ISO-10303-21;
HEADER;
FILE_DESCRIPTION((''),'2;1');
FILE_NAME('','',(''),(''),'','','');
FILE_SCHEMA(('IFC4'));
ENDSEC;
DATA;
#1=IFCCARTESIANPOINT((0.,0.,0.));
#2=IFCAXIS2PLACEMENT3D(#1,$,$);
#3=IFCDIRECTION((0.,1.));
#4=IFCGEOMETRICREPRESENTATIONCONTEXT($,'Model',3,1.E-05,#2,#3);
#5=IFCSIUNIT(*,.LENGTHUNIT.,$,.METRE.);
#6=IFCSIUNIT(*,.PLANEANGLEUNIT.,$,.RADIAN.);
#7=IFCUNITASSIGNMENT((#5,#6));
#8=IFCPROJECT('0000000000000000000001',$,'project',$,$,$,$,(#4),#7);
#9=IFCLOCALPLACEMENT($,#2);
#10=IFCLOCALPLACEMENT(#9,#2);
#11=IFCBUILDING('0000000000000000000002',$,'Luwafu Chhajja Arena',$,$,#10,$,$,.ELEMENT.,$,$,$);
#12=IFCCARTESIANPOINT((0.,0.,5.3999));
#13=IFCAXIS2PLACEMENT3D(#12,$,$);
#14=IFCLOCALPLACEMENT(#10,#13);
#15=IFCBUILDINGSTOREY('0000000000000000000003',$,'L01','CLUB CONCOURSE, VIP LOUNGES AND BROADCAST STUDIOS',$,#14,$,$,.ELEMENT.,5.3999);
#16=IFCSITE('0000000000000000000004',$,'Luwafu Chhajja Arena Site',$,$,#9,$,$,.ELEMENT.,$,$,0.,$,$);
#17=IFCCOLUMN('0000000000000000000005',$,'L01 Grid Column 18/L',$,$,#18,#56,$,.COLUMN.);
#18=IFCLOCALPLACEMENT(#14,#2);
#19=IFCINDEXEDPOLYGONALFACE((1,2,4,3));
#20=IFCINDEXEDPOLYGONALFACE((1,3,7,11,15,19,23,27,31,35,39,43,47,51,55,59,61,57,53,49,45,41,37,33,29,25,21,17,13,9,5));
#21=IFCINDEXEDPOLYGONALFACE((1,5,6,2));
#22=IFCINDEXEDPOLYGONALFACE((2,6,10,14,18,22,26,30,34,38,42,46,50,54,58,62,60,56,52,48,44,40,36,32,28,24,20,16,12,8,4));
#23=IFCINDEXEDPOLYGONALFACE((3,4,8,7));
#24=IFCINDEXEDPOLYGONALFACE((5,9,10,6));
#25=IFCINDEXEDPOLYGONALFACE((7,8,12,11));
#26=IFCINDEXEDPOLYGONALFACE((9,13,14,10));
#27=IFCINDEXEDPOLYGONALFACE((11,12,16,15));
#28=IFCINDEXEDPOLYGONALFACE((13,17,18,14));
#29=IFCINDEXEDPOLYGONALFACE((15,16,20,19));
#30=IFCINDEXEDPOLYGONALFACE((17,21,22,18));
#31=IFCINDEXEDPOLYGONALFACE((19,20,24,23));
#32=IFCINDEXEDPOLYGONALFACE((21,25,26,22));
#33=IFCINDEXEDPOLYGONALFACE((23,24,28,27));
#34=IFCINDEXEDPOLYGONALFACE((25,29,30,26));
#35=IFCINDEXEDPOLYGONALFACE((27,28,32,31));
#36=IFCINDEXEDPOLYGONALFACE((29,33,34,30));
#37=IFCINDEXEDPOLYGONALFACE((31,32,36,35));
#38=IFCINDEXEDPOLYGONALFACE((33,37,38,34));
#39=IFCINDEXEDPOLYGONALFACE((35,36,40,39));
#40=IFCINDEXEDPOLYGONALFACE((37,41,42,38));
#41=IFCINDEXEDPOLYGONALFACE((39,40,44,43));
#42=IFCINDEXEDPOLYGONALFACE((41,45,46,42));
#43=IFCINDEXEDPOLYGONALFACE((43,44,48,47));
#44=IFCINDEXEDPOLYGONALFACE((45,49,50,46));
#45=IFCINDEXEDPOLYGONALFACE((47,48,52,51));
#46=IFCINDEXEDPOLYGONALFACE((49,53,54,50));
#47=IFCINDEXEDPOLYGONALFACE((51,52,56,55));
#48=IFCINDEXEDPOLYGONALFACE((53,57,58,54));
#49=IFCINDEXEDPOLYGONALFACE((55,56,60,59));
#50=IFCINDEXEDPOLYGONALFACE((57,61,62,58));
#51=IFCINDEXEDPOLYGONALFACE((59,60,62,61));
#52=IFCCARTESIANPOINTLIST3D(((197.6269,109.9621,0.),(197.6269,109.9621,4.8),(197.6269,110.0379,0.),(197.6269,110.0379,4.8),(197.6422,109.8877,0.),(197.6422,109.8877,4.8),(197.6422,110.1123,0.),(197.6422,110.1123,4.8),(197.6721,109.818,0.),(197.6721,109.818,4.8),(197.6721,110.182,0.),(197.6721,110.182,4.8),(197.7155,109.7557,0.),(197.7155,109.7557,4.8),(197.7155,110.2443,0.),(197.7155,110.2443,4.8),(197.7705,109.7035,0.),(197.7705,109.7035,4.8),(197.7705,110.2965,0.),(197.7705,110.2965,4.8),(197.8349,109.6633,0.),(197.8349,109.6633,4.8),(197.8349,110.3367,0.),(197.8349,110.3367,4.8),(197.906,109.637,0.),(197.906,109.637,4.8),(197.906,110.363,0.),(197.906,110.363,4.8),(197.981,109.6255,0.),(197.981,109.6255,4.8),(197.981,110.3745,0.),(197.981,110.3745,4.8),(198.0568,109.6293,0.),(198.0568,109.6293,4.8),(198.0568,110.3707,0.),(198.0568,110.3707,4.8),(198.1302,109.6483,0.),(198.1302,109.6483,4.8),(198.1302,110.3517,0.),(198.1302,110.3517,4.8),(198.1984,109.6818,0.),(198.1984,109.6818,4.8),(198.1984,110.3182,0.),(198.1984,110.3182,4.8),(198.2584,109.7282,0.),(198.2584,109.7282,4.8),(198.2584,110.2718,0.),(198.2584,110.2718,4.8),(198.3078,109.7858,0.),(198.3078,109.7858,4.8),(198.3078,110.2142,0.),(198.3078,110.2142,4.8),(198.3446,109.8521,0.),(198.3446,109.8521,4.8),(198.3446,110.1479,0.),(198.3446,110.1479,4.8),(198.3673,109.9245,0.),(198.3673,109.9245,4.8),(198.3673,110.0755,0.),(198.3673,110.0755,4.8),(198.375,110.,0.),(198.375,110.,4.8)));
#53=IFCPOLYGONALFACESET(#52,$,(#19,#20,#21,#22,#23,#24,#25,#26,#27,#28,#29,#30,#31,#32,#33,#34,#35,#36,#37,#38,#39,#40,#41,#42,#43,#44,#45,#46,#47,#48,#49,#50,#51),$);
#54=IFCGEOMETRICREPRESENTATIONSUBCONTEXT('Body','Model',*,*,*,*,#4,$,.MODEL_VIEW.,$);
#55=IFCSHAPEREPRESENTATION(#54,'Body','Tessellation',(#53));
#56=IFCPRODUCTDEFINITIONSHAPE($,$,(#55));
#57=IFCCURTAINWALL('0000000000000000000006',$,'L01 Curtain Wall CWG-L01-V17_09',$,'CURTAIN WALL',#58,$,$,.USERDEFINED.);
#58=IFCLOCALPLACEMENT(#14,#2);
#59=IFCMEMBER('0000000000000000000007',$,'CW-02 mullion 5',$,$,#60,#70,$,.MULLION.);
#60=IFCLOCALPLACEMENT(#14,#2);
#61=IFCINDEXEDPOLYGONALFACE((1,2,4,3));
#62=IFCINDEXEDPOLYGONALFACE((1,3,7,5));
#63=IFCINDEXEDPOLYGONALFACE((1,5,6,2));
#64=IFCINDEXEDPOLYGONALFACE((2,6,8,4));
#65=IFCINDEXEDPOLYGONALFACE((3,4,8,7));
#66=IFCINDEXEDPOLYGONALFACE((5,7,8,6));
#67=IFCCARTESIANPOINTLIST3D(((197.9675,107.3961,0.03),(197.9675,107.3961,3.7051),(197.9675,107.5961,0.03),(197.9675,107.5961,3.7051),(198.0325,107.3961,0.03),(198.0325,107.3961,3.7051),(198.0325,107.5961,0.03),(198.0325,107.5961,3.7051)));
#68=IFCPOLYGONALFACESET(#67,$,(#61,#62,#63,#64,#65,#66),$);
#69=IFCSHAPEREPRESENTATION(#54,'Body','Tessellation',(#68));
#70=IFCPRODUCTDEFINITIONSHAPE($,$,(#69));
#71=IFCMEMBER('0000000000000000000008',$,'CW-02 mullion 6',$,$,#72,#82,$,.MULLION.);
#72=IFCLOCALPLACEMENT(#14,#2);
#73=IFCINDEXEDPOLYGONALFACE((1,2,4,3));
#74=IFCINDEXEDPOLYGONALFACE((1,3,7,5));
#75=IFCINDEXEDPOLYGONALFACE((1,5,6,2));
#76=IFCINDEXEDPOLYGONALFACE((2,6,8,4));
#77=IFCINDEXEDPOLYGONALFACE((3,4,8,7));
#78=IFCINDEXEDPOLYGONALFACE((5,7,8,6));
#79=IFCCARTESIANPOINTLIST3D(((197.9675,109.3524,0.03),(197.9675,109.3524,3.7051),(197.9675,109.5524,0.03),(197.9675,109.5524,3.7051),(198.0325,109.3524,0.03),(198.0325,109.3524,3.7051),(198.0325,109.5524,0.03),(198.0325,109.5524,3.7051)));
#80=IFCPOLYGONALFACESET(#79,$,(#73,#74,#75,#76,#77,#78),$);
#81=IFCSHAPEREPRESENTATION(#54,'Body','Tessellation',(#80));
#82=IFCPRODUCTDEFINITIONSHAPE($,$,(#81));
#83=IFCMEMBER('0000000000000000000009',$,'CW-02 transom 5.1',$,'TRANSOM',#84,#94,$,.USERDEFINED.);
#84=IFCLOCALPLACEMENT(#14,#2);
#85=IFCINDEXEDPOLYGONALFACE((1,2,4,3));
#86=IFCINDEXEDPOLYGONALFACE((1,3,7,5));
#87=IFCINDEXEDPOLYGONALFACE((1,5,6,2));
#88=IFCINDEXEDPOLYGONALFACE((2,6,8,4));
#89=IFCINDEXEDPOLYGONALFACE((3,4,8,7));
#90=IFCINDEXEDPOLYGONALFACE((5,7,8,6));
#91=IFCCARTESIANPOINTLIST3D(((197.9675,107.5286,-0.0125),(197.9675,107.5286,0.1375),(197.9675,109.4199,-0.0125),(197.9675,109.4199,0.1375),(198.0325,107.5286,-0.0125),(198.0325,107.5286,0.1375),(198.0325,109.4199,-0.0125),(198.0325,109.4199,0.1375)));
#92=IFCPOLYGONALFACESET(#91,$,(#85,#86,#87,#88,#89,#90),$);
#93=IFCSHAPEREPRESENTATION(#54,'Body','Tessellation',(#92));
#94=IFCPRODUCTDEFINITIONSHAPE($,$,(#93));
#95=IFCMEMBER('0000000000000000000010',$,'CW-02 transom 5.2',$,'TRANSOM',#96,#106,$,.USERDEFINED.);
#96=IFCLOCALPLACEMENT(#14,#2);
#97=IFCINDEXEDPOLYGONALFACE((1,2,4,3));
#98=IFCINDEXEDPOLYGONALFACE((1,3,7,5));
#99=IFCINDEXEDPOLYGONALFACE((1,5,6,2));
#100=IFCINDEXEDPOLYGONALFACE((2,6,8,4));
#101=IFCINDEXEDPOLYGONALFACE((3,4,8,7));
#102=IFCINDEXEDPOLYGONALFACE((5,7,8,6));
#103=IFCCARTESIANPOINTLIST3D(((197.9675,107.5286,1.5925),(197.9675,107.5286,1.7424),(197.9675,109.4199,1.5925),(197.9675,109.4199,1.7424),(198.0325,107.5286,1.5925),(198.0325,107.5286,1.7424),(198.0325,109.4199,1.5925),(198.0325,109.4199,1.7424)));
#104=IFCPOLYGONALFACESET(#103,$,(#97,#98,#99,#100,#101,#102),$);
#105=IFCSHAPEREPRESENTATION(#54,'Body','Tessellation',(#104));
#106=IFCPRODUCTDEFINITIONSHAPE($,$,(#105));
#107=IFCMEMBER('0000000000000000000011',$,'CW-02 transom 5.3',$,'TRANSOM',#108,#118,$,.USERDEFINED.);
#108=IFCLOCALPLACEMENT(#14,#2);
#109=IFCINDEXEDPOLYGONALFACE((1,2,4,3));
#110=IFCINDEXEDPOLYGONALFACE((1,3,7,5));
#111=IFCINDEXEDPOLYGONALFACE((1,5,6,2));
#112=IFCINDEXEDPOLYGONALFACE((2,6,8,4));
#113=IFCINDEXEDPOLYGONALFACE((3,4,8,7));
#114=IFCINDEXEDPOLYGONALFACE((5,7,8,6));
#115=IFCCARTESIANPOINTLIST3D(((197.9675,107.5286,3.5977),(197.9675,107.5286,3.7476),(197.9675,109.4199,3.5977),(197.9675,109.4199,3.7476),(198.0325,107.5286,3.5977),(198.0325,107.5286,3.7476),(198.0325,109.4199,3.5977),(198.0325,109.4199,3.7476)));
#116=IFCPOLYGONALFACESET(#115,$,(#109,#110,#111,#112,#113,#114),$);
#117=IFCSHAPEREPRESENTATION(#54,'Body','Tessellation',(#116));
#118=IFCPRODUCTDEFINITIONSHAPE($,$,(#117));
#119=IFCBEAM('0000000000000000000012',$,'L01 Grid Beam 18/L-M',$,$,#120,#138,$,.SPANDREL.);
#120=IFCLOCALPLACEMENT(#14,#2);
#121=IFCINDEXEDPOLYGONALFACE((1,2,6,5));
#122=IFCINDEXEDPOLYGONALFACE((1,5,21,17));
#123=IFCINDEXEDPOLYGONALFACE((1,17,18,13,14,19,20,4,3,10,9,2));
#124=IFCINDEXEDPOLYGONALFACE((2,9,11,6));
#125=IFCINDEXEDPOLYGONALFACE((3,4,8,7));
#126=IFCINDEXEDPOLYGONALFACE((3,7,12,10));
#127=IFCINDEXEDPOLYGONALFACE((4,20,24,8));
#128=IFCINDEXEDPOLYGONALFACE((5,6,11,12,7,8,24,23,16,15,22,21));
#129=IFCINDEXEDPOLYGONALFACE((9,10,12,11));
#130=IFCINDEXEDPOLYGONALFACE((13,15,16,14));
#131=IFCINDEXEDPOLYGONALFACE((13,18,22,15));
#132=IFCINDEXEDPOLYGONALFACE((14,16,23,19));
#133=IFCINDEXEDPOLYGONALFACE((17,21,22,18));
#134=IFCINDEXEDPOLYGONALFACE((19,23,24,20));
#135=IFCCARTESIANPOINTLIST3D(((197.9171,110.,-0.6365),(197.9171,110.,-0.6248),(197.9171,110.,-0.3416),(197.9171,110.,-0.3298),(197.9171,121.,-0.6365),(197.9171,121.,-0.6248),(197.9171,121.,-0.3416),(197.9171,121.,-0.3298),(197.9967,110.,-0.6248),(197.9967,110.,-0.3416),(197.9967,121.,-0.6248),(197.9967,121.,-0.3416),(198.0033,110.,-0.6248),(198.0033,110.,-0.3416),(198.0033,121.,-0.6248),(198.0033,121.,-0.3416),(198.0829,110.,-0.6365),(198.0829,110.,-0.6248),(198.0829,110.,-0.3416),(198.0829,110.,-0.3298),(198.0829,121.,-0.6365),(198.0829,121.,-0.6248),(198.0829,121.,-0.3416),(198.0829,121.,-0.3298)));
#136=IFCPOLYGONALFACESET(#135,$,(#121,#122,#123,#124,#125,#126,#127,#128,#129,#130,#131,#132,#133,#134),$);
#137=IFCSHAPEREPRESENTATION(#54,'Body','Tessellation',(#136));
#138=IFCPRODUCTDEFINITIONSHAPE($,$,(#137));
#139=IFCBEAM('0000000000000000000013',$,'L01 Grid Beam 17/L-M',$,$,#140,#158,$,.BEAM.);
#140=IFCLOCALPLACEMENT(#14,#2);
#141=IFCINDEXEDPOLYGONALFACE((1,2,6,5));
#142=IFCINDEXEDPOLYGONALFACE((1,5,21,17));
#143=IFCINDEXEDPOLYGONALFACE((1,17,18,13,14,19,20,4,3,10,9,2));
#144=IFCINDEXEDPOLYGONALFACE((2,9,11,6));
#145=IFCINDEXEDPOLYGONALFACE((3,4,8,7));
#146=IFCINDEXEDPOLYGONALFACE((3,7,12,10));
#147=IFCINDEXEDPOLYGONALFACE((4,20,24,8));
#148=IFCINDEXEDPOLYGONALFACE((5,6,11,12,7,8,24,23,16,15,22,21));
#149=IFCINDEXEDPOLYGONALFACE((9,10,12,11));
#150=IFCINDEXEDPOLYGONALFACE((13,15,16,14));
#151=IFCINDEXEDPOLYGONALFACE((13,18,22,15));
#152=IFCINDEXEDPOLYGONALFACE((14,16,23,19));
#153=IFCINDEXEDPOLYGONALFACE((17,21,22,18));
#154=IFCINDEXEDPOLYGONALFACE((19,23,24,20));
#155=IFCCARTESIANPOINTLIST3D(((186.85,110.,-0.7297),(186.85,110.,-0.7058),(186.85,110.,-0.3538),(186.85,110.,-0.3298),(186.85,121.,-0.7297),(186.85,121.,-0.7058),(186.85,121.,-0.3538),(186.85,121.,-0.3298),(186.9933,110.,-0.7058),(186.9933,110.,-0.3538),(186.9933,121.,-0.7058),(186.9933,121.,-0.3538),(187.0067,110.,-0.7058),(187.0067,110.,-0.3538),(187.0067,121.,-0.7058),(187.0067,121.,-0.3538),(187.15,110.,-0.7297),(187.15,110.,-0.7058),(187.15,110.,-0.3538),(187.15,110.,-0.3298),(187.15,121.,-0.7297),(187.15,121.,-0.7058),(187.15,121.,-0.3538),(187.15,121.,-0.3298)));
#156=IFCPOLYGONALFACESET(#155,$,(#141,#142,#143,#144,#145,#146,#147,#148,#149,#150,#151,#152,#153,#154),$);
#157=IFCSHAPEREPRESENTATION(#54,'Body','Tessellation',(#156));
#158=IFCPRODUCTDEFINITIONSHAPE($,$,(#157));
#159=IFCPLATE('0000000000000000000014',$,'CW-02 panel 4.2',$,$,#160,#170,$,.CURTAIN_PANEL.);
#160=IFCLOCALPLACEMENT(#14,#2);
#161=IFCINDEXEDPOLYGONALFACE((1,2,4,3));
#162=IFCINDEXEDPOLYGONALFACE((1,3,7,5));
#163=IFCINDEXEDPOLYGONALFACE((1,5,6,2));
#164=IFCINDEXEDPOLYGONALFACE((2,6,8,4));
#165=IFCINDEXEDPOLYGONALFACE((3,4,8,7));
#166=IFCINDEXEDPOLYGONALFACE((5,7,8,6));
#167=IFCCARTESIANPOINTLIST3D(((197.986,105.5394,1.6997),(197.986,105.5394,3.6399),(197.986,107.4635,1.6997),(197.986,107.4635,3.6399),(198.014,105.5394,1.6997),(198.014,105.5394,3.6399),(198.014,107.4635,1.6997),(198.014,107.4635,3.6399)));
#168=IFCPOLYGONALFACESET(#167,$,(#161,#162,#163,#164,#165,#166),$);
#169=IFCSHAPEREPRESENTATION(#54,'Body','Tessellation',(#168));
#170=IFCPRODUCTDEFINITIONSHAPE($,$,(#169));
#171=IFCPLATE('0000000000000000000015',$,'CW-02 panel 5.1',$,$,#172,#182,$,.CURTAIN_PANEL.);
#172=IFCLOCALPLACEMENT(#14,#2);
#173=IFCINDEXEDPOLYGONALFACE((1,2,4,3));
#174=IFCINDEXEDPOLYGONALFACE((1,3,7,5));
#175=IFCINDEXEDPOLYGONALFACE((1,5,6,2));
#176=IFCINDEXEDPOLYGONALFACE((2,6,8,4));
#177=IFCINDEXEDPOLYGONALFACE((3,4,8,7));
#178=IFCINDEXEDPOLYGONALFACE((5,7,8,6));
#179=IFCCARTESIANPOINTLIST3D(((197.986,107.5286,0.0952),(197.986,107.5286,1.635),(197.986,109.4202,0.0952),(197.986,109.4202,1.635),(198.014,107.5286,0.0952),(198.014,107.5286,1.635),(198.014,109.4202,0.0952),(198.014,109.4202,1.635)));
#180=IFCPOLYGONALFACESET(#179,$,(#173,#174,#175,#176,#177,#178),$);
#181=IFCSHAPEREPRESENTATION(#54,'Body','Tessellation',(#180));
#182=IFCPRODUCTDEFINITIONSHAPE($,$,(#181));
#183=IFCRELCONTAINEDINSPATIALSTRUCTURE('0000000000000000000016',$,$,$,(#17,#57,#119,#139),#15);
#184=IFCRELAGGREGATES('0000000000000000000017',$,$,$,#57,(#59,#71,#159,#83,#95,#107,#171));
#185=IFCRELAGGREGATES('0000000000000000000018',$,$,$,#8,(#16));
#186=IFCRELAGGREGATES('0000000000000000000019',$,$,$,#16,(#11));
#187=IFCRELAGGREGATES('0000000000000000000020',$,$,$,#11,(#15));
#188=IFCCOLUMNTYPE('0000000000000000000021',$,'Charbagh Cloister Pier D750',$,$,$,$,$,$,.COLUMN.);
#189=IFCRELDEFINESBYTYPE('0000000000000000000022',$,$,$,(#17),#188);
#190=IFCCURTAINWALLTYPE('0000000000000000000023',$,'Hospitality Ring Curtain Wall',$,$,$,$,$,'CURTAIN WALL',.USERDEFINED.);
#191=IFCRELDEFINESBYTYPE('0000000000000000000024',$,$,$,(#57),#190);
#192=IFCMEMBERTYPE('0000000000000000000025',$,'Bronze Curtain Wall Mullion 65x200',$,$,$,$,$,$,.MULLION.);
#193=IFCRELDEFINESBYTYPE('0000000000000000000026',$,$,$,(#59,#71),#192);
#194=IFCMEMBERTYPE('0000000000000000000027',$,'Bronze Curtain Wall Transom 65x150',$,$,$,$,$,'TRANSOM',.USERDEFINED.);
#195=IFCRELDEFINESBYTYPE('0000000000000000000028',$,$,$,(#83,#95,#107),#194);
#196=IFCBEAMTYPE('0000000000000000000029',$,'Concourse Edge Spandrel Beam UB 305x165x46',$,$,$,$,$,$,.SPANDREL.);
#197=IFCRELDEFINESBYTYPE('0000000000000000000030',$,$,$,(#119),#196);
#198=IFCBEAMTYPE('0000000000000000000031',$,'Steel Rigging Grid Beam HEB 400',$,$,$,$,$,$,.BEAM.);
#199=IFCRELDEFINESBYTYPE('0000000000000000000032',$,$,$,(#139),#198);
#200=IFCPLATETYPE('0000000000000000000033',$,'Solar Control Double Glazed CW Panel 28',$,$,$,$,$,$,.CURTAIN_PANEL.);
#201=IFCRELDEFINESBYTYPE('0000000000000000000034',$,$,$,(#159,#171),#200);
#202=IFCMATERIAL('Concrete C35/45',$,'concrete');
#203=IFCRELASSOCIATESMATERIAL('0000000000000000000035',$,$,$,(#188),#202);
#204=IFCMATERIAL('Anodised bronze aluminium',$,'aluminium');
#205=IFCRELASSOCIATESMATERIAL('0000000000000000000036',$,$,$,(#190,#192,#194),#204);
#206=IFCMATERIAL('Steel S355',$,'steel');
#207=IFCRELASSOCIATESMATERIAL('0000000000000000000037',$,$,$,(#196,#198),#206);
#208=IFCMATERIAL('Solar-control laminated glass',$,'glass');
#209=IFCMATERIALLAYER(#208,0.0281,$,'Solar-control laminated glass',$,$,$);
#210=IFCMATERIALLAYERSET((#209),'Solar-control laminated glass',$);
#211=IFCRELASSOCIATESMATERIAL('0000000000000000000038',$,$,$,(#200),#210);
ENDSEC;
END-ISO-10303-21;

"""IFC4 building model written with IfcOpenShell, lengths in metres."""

from ifc_helpers import new_model, si_unit, direction, frame, origin, origin_2d, place, context, subcontext, project, spatial, rectangle, circle, i_section, extrude, material, layer, layer_set, material_profile, profile_set, type_object, element, aggregate, save


model = new_model("IFC4")

# Units and contexts
model_context = context("Model", 3, precision=1e-05, world=origin(), true_north=direction((0.0, 1.0)))
body_context = subcontext(model_context, "Body", "Model", "MODEL_VIEW")
ifc_project = project(units=[si_unit("LENGTHUNIT", "METRE"), si_unit("PLANEANGLEUNIT", "RADIAN")], contexts=[model_context])

# Site, building, storey
site_placement = place(None, origin())
site = spatial("IfcSite", under=ifc_project, at=site_placement, Name="Luwafu Chhajja Arena Site", CompositionType="ELEMENT", RefElevation=0.0)
building_placement = place(site_placement, origin())
building = spatial("IfcBuilding", under=site, at=building_placement, Name="Luwafu Chhajja Arena", CompositionType="ELEMENT")
storey_placement = place(building_placement, frame((0.0, 0.0, 5.3999)))
storey = spatial("IfcBuildingStorey", under=building, at=storey_placement, Name="L01", Description="CLUB CONCOURSE, VIP LOUNGES AND BROADCAST STUDIOS", CompositionType="ELEMENT", Elevation=5.3999)

# Column
ifc_material_1 = material(Name="Concrete C35/45", Category="concrete")
ifc_material_profile_1 = material_profile(ifc_material_1, circle(Radius=0.375, at=origin_2d()), Name="RC COL D750")
ifc_profile_set_1 = profile_set([ifc_material_profile_1], Name="Concrete C35/45")
column_type = type_object("IfcColumnType", Name="Charbagh Cloister Pier D750", PredefinedType="COLUMN", material=ifc_profile_set_1)
column_placement = place(storey_placement, frame((198.0, 110.0, 0.0), z_axis=(0.0, 0.0, 1.0), x_axis=(1.0, 0.0, 0.0)))
element("IfcColumn", 1, at=column_placement, inside=storey, type_object=column_type, Name="L01 Grid Column 18/L", PredefinedType="COLUMN", context=body_context, shape_type="SweptSolid", body=[
    extrude(circle(Radius=0.375, at=origin_2d()), origin(), (0.0, 0.0, 1.0), 4.8),
])

# Curtain wall, members
ifc_material_2 = material(Name="Anodised bronze aluminium", Category="aluminium")
curtain_wall_type = type_object("IfcCurtainWallType", Name="Hospitality Ring Curtain Wall", ElementType="CURTAIN WALL", PredefinedType="USERDEFINED", material=ifc_material_2)
curtain_wall_placement = place(storey_placement, origin())
curtain_wall = element("IfcCurtainWall", 2, at=curtain_wall_placement, inside=storey, type_object=curtain_wall_type, Name="L01 Curtain Wall CWG-L01-V17_09", ObjectType="CURTAIN WALL", PredefinedType="USERDEFINED")
ifc_material_profile_2 = material_profile(ifc_material_2, rectangle(XDim=0.0649, YDim=0.2, at=origin_2d()), Name="CWM 65x200")
ifc_profile_set_2 = profile_set([ifc_material_profile_2], Name="Anodised bronze aluminium")
member_type_1 = type_object("IfcMemberType", Name="Bronze Curtain Wall Mullion 65x200", PredefinedType="MULLION", material=ifc_profile_set_2)
member_1_placement = place(storey_placement, frame((198.0, 107.4961, 0.03), z_axis=(0.0, 0.0, 1.0), x_axis=(-1.0, 0.0, 0.0)))
member_1 = element("IfcMember", 3, at=member_1_placement, type_object=member_type_1, Name="CW-02 mullion 5", PredefinedType="MULLION", context=body_context, shape_type="SweptSolid", body=[
    extrude(rectangle(XDim=0.0649, YDim=0.2, at=origin_2d()), origin(), (0.0, 0.0, 1.0), 3.675),
])
member_2_placement = place(storey_placement, frame((198.0, 109.4524, 0.03), z_axis=(0.0, 0.0, 1.0), x_axis=(-1.0, 0.0, 0.0)))
member_2 = element("IfcMember", 4, at=member_2_placement, type_object=member_type_1, Name="CW-02 mullion 6", PredefinedType="MULLION", context=body_context, shape_type="SweptSolid", body=[
    extrude(rectangle(XDim=0.0649, YDim=0.2, at=origin_2d()), origin(), (0.0, 0.0, 1.0), 3.675),
])
ifc_material_profile_3 = material_profile(ifc_material_2, rectangle(XDim=0.0649, YDim=0.1499, at=origin_2d()), Name="CWT 65x150")
ifc_profile_set_3 = profile_set([ifc_material_profile_3], Name="Anodised bronze aluminium")
member_type_2 = type_object("IfcMemberType", Name="Bronze Curtain Wall Transom 65x150", ElementType="TRANSOM", PredefinedType="USERDEFINED", material=ifc_profile_set_3)
member_3_placement = place(storey_placement, frame((198.0, 107.5286, 0.0625), z_axis=(0.0, 1.0, 0.0), x_axis=(-1.0, 0.0, 0.0)))
member_3 = element("IfcMember", 5, at=member_3_placement, type_object=member_type_2, Name="CW-02 transom 5.1", ObjectType="TRANSOM", PredefinedType="USERDEFINED", context=body_context, shape_type="SweptSolid", body=[
    extrude(rectangle(XDim=0.0649, YDim=0.1499, at=origin_2d()), origin(), (0.0, 0.0, 1.0), 1.8914),
])
member_4_placement = place(storey_placement, frame((198.0, 107.5286, 1.6675), z_axis=(0.0, 1.0, 0.0), x_axis=(-1.0, 0.0, 0.0)))
member_4 = element("IfcMember", 6, at=member_4_placement, type_object=member_type_2, Name="CW-02 transom 5.2", ObjectType="TRANSOM", PredefinedType="USERDEFINED", context=body_context, shape_type="SweptSolid", body=[
    extrude(rectangle(XDim=0.0649, YDim=0.1499, at=origin_2d()), origin(), (0.0, 0.0, 1.0), 1.8914),
])
member_5_placement = place(storey_placement, frame((198.0, 107.5286, 3.6726), z_axis=(0.0, 1.0, 0.0), x_axis=(-1.0, 0.0, 0.0)))
member_5 = element("IfcMember", 7, at=member_5_placement, type_object=member_type_2, Name="CW-02 transom 5.3", ObjectType="TRANSOM", PredefinedType="USERDEFINED", context=body_context, shape_type="SweptSolid", body=[
    extrude(rectangle(XDim=0.0649, YDim=0.1499, at=origin_2d()), origin(), (0.0, 0.0, 1.0), 1.8914),
])

# Beams
ifc_material_3 = material(Name="Steel S355", Category="steel")
ifc_material_profile_4 = material_profile(ifc_material_3, i_section(OverallWidth=0.1658, OverallDepth=0.3066, WebThickness=0.0066, FlangeThickness=0.0117, at=origin_2d()), Name="UB 305x165x46")
ifc_profile_set_4 = profile_set([ifc_material_profile_4], Name="Steel S355")
beam_type_1 = type_object("IfcBeamType", Name="Concourse Edge Spandrel Beam UB 305x165x46", PredefinedType="SPANDREL", material=ifc_profile_set_4)
beam_1_placement = place(storey_placement, frame((198.0, 110.0, -0.4832), z_axis=(0.0, 1.0, 0.0), x_axis=(-1.0, 0.0, 0.0)))
element("IfcBeam", 8, at=beam_1_placement, inside=storey, type_object=beam_type_1, Name="L01 Grid Beam 18/L-M", PredefinedType="SPANDREL", context=body_context, shape_type="SweptSolid", body=[
    extrude(i_section(OverallWidth=0.1658, OverallDepth=0.3066, WebThickness=0.0066, FlangeThickness=0.0117, at=origin_2d()), origin(), (0.0, 0.0, 1.0), 11.0),
])
ifc_material_profile_5 = material_profile(ifc_material_3, i_section(OverallWidth=0.3, OverallDepth=0.3999, WebThickness=0.0134, FlangeThickness=0.0239, at=origin_2d()), Name="HEB 400")
ifc_profile_set_5 = profile_set([ifc_material_profile_5], Name="Steel S355")
beam_type_2 = type_object("IfcBeamType", Name="Steel Rigging Grid Beam HEB 400", PredefinedType="BEAM", material=ifc_profile_set_5)
beam_2_placement = place(storey_placement, frame((187.0, 110.0, -0.5298), z_axis=(0.0, 1.0, 0.0), x_axis=(-1.0, 0.0, 0.0)))
element("IfcBeam", 9, at=beam_2_placement, inside=storey, type_object=beam_type_2, Name="L01 Grid Beam 17/L-M", PredefinedType="BEAM", context=body_context, shape_type="SweptSolid", body=[
    extrude(i_section(OverallWidth=0.3, OverallDepth=0.3999, WebThickness=0.0134, FlangeThickness=0.0239, at=origin_2d()), origin(), (0.0, 0.0, 1.0), 11.0),
])

# Plates
ifc_material_4 = material(Name="Solar-control laminated glass", Category="glass")
ifc_layer_1 = layer(ifc_material_4, 0.0281, Name="Solar-control laminated glass")
ifc_layer_set_1 = layer_set([ifc_layer_1], Name="Solar-control laminated glass")
plate_type = type_object("IfcPlateType", Name="Solar Control Double Glazed CW Panel 28", PredefinedType="CURTAIN_PANEL", material=ifc_layer_set_1)
plate_1_placement = place(storey_placement, frame((198.0, 106.5015, 1.6997), z_axis=(0.0, 0.0, 1.0), x_axis=(0.0, 1.0, 0.0)))
plate_1 = element("IfcPlate", 10, at=plate_1_placement, type_object=plate_type, Name="CW-02 panel 4.2", PredefinedType="CURTAIN_PANEL", context=body_context, shape_type="SweptSolid", body=[
    extrude(rectangle(XDim=1.9241, YDim=0.0281, at=origin_2d()), origin(), (0.0, 0.0, 1.0), 1.9402),
])
plate_2_placement = place(storey_placement, frame((198.0, 108.4744, 0.0952), z_axis=(0.0, 0.0, 1.0), x_axis=(0.0, 1.0, 0.0)))
plate_2 = element("IfcPlate", 11, at=plate_2_placement, type_object=plate_type, Name="CW-02 panel 5.1", PredefinedType="CURTAIN_PANEL", context=body_context, shape_type="SweptSolid", body=[
    extrude(rectangle(XDim=1.8916, YDim=0.0281, at=origin_2d()), origin(), (0.0, 0.0, 1.0), 1.5398),
])
aggregate(curtain_wall, [member_1, member_2, plate_1, member_3, member_4, member_5, plate_2])

save(model, "model.ifc")
